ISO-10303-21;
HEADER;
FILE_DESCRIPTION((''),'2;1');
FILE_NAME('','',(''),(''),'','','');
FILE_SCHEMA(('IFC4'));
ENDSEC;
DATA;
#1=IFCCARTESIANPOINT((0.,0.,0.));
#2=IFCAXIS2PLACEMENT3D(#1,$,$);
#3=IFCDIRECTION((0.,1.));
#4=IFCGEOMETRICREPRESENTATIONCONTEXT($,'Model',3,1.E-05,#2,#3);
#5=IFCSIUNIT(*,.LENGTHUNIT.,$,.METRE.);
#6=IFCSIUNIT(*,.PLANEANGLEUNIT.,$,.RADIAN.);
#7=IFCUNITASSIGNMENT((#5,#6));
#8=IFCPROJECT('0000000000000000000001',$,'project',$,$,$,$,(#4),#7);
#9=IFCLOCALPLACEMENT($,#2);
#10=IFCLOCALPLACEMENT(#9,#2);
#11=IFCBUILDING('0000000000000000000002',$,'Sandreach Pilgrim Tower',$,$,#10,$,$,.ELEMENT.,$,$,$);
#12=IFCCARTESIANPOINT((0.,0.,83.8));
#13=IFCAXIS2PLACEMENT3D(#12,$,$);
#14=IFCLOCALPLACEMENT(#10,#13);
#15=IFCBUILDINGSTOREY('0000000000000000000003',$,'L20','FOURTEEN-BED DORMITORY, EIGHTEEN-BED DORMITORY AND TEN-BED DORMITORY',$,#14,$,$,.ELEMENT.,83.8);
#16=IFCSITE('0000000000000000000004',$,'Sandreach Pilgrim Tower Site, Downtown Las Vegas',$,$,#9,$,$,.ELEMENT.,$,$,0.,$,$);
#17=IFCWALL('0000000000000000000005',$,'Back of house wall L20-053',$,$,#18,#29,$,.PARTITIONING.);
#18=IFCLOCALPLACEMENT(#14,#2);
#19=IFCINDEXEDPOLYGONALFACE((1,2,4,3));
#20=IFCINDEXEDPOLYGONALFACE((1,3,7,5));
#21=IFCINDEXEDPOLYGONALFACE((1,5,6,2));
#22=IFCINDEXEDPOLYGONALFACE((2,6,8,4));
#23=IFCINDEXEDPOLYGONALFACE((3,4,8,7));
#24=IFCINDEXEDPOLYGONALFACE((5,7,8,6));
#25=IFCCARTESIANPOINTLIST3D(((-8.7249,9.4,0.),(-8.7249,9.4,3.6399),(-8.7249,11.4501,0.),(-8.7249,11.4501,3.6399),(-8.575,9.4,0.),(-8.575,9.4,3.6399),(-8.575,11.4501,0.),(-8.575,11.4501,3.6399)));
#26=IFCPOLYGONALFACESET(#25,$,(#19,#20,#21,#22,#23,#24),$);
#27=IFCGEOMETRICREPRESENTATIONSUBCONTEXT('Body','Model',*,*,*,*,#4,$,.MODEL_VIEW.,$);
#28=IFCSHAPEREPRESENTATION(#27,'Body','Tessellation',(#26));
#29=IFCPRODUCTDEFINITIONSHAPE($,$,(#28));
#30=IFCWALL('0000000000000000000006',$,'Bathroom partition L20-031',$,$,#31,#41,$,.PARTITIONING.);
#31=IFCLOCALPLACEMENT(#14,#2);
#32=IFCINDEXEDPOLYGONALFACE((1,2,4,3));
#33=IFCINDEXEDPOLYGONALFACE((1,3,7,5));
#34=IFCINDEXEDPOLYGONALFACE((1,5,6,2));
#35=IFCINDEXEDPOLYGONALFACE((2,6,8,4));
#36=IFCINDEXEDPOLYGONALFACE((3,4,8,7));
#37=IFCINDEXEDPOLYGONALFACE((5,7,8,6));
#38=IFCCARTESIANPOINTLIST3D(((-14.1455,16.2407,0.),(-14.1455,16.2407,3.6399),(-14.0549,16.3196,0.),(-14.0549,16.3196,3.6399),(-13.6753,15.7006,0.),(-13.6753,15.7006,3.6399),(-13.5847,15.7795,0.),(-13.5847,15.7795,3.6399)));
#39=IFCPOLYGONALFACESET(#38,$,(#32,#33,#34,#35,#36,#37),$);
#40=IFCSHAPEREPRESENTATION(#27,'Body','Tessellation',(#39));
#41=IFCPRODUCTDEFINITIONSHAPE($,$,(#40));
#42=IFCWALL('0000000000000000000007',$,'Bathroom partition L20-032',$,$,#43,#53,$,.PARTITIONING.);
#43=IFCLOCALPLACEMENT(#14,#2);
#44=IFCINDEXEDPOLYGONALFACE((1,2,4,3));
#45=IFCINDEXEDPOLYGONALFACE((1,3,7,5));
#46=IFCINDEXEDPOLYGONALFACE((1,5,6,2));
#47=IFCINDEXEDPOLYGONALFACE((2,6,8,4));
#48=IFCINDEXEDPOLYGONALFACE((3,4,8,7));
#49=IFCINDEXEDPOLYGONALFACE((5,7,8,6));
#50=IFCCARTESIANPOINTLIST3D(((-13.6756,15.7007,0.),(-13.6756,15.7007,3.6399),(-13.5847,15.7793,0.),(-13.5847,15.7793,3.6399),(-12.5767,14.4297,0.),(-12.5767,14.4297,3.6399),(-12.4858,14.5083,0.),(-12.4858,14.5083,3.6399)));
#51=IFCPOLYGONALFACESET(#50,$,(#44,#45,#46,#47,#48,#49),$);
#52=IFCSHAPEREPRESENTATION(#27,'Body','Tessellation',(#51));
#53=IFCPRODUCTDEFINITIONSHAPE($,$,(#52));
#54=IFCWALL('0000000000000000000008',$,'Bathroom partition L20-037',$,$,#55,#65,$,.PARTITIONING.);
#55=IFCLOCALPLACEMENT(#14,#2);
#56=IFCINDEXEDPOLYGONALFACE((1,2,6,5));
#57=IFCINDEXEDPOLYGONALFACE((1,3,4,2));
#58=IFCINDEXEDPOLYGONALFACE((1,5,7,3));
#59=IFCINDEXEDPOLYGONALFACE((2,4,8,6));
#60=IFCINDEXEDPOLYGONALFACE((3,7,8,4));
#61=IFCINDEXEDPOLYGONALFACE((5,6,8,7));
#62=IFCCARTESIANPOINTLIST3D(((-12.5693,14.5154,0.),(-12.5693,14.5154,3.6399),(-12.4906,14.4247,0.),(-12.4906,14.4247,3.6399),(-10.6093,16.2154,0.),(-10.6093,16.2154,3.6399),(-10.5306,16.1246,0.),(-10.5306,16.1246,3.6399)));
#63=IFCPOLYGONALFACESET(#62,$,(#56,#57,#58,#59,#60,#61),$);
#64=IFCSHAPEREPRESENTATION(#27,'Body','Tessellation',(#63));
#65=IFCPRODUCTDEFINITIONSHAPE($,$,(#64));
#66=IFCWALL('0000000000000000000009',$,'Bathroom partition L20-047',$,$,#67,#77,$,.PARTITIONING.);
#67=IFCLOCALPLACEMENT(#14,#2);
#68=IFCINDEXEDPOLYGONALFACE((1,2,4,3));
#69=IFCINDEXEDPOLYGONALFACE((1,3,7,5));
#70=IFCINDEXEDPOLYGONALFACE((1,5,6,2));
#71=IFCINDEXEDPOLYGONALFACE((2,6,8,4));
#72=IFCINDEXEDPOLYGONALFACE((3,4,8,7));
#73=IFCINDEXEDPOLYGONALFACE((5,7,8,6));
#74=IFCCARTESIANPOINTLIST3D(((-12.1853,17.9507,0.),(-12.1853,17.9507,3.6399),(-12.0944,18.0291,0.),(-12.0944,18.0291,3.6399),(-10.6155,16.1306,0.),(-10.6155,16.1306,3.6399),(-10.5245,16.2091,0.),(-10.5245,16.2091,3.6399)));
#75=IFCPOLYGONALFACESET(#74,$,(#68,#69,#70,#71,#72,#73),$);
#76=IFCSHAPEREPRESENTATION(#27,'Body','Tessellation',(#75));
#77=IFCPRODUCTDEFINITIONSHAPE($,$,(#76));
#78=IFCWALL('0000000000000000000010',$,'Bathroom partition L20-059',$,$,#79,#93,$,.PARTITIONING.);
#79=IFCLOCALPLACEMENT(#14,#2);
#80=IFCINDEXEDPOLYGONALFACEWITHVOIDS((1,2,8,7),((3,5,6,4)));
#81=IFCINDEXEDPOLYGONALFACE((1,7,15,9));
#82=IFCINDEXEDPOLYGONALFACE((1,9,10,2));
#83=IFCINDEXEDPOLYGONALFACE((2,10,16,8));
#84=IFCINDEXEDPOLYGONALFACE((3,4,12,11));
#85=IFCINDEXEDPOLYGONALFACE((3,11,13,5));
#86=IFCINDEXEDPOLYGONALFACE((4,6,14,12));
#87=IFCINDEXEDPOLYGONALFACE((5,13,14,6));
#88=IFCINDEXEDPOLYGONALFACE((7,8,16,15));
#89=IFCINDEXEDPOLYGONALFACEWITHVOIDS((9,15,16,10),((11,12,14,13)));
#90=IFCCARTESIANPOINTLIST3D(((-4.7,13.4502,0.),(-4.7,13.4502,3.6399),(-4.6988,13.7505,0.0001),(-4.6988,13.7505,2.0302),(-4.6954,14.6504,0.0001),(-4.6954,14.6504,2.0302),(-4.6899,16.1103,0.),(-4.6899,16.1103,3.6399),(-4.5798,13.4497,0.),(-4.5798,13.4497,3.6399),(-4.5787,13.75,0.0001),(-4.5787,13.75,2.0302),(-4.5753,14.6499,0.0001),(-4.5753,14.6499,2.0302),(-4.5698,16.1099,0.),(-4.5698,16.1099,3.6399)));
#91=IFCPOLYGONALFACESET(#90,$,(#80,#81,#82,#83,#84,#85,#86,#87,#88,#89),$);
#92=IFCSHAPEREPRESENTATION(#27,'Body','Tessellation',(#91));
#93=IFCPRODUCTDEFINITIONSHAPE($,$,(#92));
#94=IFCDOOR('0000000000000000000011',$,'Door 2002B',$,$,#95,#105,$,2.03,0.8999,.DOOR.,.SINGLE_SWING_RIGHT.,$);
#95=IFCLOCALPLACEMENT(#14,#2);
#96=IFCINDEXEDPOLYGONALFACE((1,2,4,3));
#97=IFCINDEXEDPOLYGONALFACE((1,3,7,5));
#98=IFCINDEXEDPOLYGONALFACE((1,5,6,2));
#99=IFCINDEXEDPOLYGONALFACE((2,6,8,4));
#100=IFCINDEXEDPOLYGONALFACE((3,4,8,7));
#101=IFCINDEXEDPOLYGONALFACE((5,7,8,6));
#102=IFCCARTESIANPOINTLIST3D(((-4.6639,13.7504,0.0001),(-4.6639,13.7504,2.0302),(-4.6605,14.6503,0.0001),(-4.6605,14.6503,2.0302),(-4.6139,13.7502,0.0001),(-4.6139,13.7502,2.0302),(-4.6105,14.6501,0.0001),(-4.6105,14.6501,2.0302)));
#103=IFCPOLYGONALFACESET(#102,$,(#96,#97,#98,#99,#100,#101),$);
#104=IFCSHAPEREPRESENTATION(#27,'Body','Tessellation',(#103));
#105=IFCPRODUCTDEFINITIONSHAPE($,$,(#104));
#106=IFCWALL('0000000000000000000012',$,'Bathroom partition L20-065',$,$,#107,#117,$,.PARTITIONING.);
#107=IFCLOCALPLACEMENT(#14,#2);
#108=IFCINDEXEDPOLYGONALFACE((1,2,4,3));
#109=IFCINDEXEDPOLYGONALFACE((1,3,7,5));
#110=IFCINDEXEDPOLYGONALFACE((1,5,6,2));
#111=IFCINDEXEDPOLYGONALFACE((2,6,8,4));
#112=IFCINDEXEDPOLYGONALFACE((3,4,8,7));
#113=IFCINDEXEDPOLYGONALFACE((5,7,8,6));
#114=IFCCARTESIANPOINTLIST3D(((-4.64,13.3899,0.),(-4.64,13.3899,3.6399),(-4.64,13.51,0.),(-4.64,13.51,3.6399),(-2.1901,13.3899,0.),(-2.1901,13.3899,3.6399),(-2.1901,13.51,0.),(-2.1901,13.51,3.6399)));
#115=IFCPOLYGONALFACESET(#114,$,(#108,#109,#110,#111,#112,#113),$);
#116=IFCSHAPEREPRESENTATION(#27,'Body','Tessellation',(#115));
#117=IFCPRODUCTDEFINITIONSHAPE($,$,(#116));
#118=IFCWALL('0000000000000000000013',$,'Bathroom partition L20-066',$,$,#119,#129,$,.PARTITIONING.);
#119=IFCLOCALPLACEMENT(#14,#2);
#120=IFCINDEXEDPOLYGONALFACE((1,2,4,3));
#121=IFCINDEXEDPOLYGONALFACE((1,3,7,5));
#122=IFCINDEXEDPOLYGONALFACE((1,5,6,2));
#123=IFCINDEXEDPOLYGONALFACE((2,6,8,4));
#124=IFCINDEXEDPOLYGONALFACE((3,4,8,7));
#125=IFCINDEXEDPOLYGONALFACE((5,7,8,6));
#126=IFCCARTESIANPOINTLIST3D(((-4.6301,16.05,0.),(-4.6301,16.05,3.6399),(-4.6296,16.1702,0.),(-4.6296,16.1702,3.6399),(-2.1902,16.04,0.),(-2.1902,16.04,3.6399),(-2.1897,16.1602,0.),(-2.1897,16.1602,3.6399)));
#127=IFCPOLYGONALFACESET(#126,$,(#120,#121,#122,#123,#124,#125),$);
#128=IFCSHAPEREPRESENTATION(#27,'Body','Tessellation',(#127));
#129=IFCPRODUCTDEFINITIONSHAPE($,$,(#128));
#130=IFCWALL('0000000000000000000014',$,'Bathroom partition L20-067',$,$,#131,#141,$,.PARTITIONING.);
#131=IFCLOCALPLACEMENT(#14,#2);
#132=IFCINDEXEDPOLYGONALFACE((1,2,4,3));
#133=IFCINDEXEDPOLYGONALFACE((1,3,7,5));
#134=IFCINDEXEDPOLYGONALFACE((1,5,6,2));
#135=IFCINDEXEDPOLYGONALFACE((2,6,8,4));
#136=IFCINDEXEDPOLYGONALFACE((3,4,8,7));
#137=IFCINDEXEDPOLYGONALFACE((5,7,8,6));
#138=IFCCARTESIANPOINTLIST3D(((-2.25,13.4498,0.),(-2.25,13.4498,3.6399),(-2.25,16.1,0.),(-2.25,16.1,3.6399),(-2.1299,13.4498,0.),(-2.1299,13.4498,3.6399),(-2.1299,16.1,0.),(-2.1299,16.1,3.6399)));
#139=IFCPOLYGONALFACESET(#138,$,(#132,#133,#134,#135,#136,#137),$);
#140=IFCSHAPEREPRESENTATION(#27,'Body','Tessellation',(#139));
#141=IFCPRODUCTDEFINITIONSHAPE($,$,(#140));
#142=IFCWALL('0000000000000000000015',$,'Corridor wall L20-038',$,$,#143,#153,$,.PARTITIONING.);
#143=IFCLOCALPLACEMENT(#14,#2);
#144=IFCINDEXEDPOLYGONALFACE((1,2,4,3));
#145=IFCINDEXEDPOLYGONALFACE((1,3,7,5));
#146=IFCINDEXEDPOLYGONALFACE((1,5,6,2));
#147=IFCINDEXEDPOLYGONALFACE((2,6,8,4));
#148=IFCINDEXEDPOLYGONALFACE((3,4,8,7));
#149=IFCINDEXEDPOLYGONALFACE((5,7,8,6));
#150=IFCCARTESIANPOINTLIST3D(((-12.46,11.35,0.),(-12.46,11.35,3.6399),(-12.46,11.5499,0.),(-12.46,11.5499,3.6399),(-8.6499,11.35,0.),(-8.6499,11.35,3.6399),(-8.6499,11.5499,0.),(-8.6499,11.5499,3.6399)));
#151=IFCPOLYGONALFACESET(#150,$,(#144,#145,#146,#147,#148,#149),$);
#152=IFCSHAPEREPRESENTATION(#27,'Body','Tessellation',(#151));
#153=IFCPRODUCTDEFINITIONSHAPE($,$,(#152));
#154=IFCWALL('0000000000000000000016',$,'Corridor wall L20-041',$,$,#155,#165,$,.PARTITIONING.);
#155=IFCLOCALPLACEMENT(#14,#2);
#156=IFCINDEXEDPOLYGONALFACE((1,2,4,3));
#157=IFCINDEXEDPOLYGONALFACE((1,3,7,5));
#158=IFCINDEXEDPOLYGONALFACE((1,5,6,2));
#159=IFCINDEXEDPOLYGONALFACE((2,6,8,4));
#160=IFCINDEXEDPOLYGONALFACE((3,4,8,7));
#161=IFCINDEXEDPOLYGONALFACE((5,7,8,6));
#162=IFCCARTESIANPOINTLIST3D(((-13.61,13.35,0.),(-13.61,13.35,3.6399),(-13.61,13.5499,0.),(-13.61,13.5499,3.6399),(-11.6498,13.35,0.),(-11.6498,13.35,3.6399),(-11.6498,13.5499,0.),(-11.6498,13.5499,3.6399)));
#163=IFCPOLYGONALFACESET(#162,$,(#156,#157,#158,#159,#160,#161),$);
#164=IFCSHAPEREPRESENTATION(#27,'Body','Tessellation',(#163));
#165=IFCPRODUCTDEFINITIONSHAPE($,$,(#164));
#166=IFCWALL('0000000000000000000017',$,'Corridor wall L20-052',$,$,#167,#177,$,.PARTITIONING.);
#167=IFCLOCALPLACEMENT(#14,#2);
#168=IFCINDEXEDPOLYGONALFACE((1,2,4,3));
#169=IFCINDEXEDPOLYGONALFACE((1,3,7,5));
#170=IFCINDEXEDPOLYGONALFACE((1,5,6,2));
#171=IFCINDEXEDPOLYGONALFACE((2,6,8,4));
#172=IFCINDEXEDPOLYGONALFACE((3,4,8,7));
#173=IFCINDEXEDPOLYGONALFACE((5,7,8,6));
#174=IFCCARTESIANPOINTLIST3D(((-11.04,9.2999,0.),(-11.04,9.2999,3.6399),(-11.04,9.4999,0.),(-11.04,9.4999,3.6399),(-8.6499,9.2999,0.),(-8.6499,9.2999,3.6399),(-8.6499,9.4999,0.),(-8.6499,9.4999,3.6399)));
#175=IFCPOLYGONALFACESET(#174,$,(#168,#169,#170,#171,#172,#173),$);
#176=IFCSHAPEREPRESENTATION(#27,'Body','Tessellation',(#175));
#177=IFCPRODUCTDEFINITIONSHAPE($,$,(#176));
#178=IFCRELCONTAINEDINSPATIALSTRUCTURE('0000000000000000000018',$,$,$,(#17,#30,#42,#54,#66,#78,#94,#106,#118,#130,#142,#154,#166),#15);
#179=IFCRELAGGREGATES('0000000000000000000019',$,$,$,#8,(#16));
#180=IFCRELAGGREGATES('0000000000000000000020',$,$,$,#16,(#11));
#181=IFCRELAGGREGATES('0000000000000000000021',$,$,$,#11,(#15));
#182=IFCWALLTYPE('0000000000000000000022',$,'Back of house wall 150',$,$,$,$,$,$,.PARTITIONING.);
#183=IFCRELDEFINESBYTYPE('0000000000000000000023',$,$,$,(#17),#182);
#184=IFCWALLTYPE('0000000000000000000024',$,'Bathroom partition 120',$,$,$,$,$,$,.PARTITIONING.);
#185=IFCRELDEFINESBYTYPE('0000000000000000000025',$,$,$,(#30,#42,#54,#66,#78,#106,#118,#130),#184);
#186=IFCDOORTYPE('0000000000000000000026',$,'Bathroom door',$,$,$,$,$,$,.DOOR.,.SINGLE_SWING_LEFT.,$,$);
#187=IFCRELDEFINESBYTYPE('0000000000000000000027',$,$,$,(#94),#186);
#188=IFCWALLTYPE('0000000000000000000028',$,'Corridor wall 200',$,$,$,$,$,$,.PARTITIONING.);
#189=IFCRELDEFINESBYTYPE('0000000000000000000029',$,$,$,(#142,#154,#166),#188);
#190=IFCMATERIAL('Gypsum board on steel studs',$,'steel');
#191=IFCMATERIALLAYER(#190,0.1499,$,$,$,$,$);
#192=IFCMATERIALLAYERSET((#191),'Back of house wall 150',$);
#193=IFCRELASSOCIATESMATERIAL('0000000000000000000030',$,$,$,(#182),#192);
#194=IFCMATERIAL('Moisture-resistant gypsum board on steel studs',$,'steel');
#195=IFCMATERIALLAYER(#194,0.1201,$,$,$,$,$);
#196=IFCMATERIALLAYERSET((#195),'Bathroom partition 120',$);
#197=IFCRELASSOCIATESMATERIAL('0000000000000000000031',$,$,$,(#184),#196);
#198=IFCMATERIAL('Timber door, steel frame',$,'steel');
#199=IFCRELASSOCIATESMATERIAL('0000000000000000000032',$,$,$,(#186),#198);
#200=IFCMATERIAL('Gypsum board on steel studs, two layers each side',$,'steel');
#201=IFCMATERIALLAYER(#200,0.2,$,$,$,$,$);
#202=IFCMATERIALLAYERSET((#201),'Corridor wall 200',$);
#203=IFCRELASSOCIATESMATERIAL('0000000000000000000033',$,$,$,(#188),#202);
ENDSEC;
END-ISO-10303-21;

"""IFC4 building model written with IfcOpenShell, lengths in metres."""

from ifc_helpers import new_model, si_unit, direction, frame, frame_2d, origin, place, context, subcontext, project, spatial, rectangle, extrude, material, layer, layer_set, type_object, element, fill, save


model = new_model("IFC4")

# Units and contexts
model_context = context("Model", 3, precision=1e-05, world=origin(), true_north=direction((0.0, 1.0)))
body_context = subcontext(model_context, "Body", "Model", "MODEL_VIEW")
ifc_project = project(units=[si_unit("LENGTHUNIT", "METRE"), si_unit("PLANEANGLEUNIT", "RADIAN")], contexts=[model_context])

# Site, building, storey
site_placement = place(None, origin())
site = spatial("IfcSite", under=ifc_project, at=site_placement, Name="Sandreach Pilgrim Tower Site, Downtown Las Vegas", CompositionType="ELEMENT", RefElevation=0.0)
building_placement = place(site_placement, origin())
building = spatial("IfcBuilding", under=site, at=building_placement, Name="Sandreach Pilgrim Tower", CompositionType="ELEMENT")
storey_placement = place(building_placement, frame((0.0, 0.0, 83.8)))
storey = spatial("IfcBuildingStorey", under=building, at=storey_placement, Name="L20", Description="FOURTEEN-BED DORMITORY, EIGHTEEN-BED DORMITORY AND TEN-BED DORMITORY", CompositionType="ELEMENT", Elevation=83.8)

# Walls
ifc_material_1 = material(Name="Gypsum board on steel studs", Category="steel")
ifc_layer_1 = layer(ifc_material_1, 0.1499)
ifc_layer_set_1 = layer_set([ifc_layer_1], Name="Back of house wall 150")
wall_type_1 = type_object("IfcWallType", Name="Back of house wall 150", PredefinedType="PARTITIONING", material=ifc_layer_set_1)
wall_1_placement = place(storey_placement, frame((-8.6499, 11.45, 0.0), z_axis=(0.0, 0.0, 1.0), x_axis=(0.0, -1.0, 0.0)))
element("IfcWall", 1, at=wall_1_placement, inside=storey, type_object=wall_type_1, Name="Back of house wall L20-053", PredefinedType="PARTITIONING", context=body_context, shape_type="SweptSolid", body=[
    extrude(rectangle(XDim=2.05, YDim=0.1499, at=frame_2d((1.0249, 0.0))), origin(), (0.0, 0.0, 1.0), 3.6399),
])
ifc_material_2 = material(Name="Moisture-resistant gypsum board on steel studs", Category="steel")
ifc_layer_2 = layer(ifc_material_2, 0.1201)
ifc_layer_set_2 = layer_set([ifc_layer_2], Name="Bathroom partition 120")
wall_type_2 = type_object("IfcWallType", Name="Bathroom partition 120", PredefinedType="PARTITIONING", material=ifc_layer_set_2)
wall_2_placement = place(storey_placement, frame((-14.1001, 16.28, 0.0), z_axis=(0.0, 0.0, 1.0), x_axis=(0.656668, -0.75418, 0.0)))
element("IfcWall", 2, at=wall_2_placement, inside=storey, type_object=wall_type_2, Name="Bathroom partition L20-031", PredefinedType="PARTITIONING", context=body_context, shape_type="SweptSolid", body=[
    extrude(rectangle(XDim=0.7161, YDim=0.1201, at=frame_2d((0.3579, 0.0))), origin(), (0.0, 0.0, 1.0), 3.6399),
])
wall_3_placement = place(storey_placement, frame((-13.6301, 15.74, 0.0), z_axis=(0.0, 0.0, 1.0), x_axis=(0.654028, -0.75647, 0.0)))
element("IfcWall", 3, at=wall_3_placement, inside=storey, type_object=wall_type_2, Name="Bathroom partition L20-032", PredefinedType="PARTITIONING", context=body_context, shape_type="SweptSolid", body=[
    extrude(rectangle(XDim=1.6802, YDim=0.1201, at=frame_2d((0.8401, 0.0))), origin(), (0.0, 0.0, 1.0), 3.6399),
])
wall_4_placement = place(storey_placement, frame((-12.53, 14.47, 0.0), z_axis=(0.0, 0.0, 1.0), x_axis=(0.755438, 0.655221, 0.0)))
element("IfcWall", 4, at=wall_4_placement, inside=storey, type_object=wall_type_2, Name="Bathroom partition L20-037", PredefinedType="PARTITIONING", context=body_context, shape_type="SweptSolid", body=[
    extrude(rectangle(XDim=2.5945, YDim=0.1201, at=frame_2d((1.2974, 0.0))), origin(), (0.0, 0.0, 1.0), 3.6399),
])
wall_5_placement = place(storey_placement, frame((-10.5701, 16.1699, 0.0), z_axis=(0.0, 0.0, 1.0), x_axis=(-0.65313, 0.757245, 0.0)))
element("IfcWall", 5, at=wall_5_placement, inside=storey, type_object=wall_type_2, Name="Bathroom partition L20-047", PredefinedType="PARTITIONING", context=body_context, shape_type="SweptSolid", body=[
    extrude(rectangle(XDim=2.4036, YDim=0.1201, at=frame_2d((1.2017, 0.0))), origin(), (0.0, 0.0, 1.0), 3.6399),
])

# Wall, opening, door
wall_6_placement = place(storey_placement, frame((-4.6299, 16.1101, 0.0), z_axis=(0.0, 0.0, 1.0), x_axis=(-0.003763, -0.999993, 0.0)))
wall_6 = element("IfcWall", 6, at=wall_6_placement, inside=storey, type_object=wall_type_2, Name="Bathroom partition L20-059", PredefinedType="PARTITIONING", context=body_context, shape_type="SweptSolid", body=[
    extrude(rectangle(XDim=2.6602, YDim=0.1201, at=frame_2d((1.3301, 0.0))), origin(), (0.0, 0.0, 1.0), 3.6399),
])
opening_1_placement = place(wall_6_placement, frame((1.46, 0.0, 0.0)))
opening_1 = element("IfcOpeningElement", 7, at=opening_1_placement, cuts=wall_6, PredefinedType="OPENING", context=body_context, shape_type="SweptSolid", body=[
    extrude(rectangle(XDim=0.8999, YDim=2.03, at=frame_2d((0.45, 1.0151))), frame((0.0, 0.0601, 0.0), z_axis=(0.0, -1.0, 0.0), x_axis=(1.0, 0.0, 0.0)), (0.0, 0.0, 1.0), 0.1201),
])
ifc_material_3 = material(Name="Timber door, steel frame", Category="steel")
door_type_1 = type_object("IfcDoorType", Name="Bathroom door", OperationType="SINGLE_SWING_LEFT", PredefinedType="DOOR", material=ifc_material_3)
door_1_placement = place(opening_1_placement, origin())
door_1 = element("IfcDoor", 8, at=door_1_placement, inside=storey, type_object=door_type_1, Name="Door 2002B", OperationType="SINGLE_SWING_RIGHT", OverallHeight=2.03, OverallWidth=0.8999, PredefinedType="DOOR", context=body_context, shape_type="SweptSolid", body=[
    extrude(rectangle(XDim=0.8999, YDim=2.03, at=frame_2d((0.45, 1.0151))), frame((0.0, 0.0249, 0.0), z_axis=(0.0, -1.0, 0.0), x_axis=(1.0, 0.0, 0.0)), (0.0, 0.0, 1.0), 0.05),
])
fill(opening_1, door_1)

# Walls
wall_7_placement = place(storey_placement, frame((-2.1899, 13.45, 0.0), z_axis=(0.0, 0.0, 1.0), x_axis=(-1.0, 0.0, 0.0)))
element("IfcWall", 9, at=wall_7_placement, inside=storey, type_object=wall_type_2, Name="Bathroom partition L20-065", PredefinedType="PARTITIONING", context=body_context, shape_type="SweptSolid", body=[
    extrude(rectangle(XDim=2.45, YDim=0.1201, at=frame_2d((1.2251, 0.0))), origin(), (0.0, 0.0, 1.0), 3.6399),
])
wall_8_placement = place(storey_placement, frame((-2.1899, 16.1001, 0.0), z_axis=(0.0, 0.0, 1.0), x_axis=(-0.999992, 0.004102, 0.0)))
element("IfcWall", 10, at=wall_8_placement, inside=storey, type_object=wall_type_2, Name="Bathroom partition L20-066", PredefinedType="PARTITIONING", context=body_context, shape_type="SweptSolid", body=[
    extrude(rectangle(XDim=2.4399, YDim=0.1201, at=frame_2d((1.22, 0.0))), origin(), (0.0, 0.0, 1.0), 3.6399),
])
wall_9_placement = place(storey_placement, frame((-2.1899, 16.1001, 0.0), z_axis=(0.0, 0.0, 1.0), x_axis=(0.0, -1.0, 0.0)))
element("IfcWall", 11, at=wall_9_placement, inside=storey, type_object=wall_type_2, Name="Bathroom partition L20-067", PredefinedType="PARTITIONING", context=body_context, shape_type="SweptSolid", body=[
    extrude(rectangle(XDim=2.6501, YDim=0.1201, at=frame_2d((1.3252, 0.0))), origin(), (0.0, 0.0, 1.0), 3.6399),
])
ifc_material_4 = material(Name="Gypsum board on steel studs, two layers each side", Category="steel")
ifc_layer_3 = layer(ifc_material_4, 0.2)
ifc_layer_set_3 = layer_set([ifc_layer_3], Name="Corridor wall 200")
wall_type_3 = type_object("IfcWallType", Name="Corridor wall 200", PredefinedType="PARTITIONING", material=ifc_layer_set_3)
wall_10_placement = place(storey_placement, frame((-12.46, 11.45, 0.0), z_axis=(0.0, 0.0, 1.0), x_axis=(1.0, 0.0, 0.0)))
element("IfcWall", 12, at=wall_10_placement, inside=storey, type_object=wall_type_3, Name="Corridor wall L20-038", PredefinedType="PARTITIONING", context=body_context, shape_type="SweptSolid", body=[
    extrude(rectangle(XDim=3.8101, YDim=0.2, at=frame_2d((1.905, 0.0))), origin(), (0.0, 0.0, 1.0), 3.6399),
])
wall_11_placement = place(storey_placement, frame((-11.6499, 13.45, 0.0), z_axis=(0.0, 0.0, 1.0), x_axis=(-1.0, 0.0, 0.0)))
element("IfcWall", 13, at=wall_11_placement, inside=storey, type_object=wall_type_3, Name="Corridor wall L20-041", PredefinedType="PARTITIONING", context=body_context, shape_type="SweptSolid", body=[
    extrude(rectangle(XDim=1.9602, YDim=0.2, at=frame_2d((0.98, 0.0))), origin(), (0.0, 0.0, 1.0), 3.6399),
])

# Wall
wall_12_placement = place(storey_placement, frame((-8.6499, 9.3999, 0.0), z_axis=(0.0, 0.0, 1.0), x_axis=(-1.0, 0.0, 0.0)))
element("IfcWall", 14, at=wall_12_placement, inside=storey, type_object=wall_type_3, Name="Corridor wall L20-052", PredefinedType="PARTITIONING", context=body_context, shape_type="SweptSolid", body=[
    extrude(rectangle(XDim=2.3901, YDim=0.2, at=frame_2d((1.1951, 0.0))), origin(), (0.0, 0.0, 1.0), 3.6399),
])

save(model, "model.ifc")
